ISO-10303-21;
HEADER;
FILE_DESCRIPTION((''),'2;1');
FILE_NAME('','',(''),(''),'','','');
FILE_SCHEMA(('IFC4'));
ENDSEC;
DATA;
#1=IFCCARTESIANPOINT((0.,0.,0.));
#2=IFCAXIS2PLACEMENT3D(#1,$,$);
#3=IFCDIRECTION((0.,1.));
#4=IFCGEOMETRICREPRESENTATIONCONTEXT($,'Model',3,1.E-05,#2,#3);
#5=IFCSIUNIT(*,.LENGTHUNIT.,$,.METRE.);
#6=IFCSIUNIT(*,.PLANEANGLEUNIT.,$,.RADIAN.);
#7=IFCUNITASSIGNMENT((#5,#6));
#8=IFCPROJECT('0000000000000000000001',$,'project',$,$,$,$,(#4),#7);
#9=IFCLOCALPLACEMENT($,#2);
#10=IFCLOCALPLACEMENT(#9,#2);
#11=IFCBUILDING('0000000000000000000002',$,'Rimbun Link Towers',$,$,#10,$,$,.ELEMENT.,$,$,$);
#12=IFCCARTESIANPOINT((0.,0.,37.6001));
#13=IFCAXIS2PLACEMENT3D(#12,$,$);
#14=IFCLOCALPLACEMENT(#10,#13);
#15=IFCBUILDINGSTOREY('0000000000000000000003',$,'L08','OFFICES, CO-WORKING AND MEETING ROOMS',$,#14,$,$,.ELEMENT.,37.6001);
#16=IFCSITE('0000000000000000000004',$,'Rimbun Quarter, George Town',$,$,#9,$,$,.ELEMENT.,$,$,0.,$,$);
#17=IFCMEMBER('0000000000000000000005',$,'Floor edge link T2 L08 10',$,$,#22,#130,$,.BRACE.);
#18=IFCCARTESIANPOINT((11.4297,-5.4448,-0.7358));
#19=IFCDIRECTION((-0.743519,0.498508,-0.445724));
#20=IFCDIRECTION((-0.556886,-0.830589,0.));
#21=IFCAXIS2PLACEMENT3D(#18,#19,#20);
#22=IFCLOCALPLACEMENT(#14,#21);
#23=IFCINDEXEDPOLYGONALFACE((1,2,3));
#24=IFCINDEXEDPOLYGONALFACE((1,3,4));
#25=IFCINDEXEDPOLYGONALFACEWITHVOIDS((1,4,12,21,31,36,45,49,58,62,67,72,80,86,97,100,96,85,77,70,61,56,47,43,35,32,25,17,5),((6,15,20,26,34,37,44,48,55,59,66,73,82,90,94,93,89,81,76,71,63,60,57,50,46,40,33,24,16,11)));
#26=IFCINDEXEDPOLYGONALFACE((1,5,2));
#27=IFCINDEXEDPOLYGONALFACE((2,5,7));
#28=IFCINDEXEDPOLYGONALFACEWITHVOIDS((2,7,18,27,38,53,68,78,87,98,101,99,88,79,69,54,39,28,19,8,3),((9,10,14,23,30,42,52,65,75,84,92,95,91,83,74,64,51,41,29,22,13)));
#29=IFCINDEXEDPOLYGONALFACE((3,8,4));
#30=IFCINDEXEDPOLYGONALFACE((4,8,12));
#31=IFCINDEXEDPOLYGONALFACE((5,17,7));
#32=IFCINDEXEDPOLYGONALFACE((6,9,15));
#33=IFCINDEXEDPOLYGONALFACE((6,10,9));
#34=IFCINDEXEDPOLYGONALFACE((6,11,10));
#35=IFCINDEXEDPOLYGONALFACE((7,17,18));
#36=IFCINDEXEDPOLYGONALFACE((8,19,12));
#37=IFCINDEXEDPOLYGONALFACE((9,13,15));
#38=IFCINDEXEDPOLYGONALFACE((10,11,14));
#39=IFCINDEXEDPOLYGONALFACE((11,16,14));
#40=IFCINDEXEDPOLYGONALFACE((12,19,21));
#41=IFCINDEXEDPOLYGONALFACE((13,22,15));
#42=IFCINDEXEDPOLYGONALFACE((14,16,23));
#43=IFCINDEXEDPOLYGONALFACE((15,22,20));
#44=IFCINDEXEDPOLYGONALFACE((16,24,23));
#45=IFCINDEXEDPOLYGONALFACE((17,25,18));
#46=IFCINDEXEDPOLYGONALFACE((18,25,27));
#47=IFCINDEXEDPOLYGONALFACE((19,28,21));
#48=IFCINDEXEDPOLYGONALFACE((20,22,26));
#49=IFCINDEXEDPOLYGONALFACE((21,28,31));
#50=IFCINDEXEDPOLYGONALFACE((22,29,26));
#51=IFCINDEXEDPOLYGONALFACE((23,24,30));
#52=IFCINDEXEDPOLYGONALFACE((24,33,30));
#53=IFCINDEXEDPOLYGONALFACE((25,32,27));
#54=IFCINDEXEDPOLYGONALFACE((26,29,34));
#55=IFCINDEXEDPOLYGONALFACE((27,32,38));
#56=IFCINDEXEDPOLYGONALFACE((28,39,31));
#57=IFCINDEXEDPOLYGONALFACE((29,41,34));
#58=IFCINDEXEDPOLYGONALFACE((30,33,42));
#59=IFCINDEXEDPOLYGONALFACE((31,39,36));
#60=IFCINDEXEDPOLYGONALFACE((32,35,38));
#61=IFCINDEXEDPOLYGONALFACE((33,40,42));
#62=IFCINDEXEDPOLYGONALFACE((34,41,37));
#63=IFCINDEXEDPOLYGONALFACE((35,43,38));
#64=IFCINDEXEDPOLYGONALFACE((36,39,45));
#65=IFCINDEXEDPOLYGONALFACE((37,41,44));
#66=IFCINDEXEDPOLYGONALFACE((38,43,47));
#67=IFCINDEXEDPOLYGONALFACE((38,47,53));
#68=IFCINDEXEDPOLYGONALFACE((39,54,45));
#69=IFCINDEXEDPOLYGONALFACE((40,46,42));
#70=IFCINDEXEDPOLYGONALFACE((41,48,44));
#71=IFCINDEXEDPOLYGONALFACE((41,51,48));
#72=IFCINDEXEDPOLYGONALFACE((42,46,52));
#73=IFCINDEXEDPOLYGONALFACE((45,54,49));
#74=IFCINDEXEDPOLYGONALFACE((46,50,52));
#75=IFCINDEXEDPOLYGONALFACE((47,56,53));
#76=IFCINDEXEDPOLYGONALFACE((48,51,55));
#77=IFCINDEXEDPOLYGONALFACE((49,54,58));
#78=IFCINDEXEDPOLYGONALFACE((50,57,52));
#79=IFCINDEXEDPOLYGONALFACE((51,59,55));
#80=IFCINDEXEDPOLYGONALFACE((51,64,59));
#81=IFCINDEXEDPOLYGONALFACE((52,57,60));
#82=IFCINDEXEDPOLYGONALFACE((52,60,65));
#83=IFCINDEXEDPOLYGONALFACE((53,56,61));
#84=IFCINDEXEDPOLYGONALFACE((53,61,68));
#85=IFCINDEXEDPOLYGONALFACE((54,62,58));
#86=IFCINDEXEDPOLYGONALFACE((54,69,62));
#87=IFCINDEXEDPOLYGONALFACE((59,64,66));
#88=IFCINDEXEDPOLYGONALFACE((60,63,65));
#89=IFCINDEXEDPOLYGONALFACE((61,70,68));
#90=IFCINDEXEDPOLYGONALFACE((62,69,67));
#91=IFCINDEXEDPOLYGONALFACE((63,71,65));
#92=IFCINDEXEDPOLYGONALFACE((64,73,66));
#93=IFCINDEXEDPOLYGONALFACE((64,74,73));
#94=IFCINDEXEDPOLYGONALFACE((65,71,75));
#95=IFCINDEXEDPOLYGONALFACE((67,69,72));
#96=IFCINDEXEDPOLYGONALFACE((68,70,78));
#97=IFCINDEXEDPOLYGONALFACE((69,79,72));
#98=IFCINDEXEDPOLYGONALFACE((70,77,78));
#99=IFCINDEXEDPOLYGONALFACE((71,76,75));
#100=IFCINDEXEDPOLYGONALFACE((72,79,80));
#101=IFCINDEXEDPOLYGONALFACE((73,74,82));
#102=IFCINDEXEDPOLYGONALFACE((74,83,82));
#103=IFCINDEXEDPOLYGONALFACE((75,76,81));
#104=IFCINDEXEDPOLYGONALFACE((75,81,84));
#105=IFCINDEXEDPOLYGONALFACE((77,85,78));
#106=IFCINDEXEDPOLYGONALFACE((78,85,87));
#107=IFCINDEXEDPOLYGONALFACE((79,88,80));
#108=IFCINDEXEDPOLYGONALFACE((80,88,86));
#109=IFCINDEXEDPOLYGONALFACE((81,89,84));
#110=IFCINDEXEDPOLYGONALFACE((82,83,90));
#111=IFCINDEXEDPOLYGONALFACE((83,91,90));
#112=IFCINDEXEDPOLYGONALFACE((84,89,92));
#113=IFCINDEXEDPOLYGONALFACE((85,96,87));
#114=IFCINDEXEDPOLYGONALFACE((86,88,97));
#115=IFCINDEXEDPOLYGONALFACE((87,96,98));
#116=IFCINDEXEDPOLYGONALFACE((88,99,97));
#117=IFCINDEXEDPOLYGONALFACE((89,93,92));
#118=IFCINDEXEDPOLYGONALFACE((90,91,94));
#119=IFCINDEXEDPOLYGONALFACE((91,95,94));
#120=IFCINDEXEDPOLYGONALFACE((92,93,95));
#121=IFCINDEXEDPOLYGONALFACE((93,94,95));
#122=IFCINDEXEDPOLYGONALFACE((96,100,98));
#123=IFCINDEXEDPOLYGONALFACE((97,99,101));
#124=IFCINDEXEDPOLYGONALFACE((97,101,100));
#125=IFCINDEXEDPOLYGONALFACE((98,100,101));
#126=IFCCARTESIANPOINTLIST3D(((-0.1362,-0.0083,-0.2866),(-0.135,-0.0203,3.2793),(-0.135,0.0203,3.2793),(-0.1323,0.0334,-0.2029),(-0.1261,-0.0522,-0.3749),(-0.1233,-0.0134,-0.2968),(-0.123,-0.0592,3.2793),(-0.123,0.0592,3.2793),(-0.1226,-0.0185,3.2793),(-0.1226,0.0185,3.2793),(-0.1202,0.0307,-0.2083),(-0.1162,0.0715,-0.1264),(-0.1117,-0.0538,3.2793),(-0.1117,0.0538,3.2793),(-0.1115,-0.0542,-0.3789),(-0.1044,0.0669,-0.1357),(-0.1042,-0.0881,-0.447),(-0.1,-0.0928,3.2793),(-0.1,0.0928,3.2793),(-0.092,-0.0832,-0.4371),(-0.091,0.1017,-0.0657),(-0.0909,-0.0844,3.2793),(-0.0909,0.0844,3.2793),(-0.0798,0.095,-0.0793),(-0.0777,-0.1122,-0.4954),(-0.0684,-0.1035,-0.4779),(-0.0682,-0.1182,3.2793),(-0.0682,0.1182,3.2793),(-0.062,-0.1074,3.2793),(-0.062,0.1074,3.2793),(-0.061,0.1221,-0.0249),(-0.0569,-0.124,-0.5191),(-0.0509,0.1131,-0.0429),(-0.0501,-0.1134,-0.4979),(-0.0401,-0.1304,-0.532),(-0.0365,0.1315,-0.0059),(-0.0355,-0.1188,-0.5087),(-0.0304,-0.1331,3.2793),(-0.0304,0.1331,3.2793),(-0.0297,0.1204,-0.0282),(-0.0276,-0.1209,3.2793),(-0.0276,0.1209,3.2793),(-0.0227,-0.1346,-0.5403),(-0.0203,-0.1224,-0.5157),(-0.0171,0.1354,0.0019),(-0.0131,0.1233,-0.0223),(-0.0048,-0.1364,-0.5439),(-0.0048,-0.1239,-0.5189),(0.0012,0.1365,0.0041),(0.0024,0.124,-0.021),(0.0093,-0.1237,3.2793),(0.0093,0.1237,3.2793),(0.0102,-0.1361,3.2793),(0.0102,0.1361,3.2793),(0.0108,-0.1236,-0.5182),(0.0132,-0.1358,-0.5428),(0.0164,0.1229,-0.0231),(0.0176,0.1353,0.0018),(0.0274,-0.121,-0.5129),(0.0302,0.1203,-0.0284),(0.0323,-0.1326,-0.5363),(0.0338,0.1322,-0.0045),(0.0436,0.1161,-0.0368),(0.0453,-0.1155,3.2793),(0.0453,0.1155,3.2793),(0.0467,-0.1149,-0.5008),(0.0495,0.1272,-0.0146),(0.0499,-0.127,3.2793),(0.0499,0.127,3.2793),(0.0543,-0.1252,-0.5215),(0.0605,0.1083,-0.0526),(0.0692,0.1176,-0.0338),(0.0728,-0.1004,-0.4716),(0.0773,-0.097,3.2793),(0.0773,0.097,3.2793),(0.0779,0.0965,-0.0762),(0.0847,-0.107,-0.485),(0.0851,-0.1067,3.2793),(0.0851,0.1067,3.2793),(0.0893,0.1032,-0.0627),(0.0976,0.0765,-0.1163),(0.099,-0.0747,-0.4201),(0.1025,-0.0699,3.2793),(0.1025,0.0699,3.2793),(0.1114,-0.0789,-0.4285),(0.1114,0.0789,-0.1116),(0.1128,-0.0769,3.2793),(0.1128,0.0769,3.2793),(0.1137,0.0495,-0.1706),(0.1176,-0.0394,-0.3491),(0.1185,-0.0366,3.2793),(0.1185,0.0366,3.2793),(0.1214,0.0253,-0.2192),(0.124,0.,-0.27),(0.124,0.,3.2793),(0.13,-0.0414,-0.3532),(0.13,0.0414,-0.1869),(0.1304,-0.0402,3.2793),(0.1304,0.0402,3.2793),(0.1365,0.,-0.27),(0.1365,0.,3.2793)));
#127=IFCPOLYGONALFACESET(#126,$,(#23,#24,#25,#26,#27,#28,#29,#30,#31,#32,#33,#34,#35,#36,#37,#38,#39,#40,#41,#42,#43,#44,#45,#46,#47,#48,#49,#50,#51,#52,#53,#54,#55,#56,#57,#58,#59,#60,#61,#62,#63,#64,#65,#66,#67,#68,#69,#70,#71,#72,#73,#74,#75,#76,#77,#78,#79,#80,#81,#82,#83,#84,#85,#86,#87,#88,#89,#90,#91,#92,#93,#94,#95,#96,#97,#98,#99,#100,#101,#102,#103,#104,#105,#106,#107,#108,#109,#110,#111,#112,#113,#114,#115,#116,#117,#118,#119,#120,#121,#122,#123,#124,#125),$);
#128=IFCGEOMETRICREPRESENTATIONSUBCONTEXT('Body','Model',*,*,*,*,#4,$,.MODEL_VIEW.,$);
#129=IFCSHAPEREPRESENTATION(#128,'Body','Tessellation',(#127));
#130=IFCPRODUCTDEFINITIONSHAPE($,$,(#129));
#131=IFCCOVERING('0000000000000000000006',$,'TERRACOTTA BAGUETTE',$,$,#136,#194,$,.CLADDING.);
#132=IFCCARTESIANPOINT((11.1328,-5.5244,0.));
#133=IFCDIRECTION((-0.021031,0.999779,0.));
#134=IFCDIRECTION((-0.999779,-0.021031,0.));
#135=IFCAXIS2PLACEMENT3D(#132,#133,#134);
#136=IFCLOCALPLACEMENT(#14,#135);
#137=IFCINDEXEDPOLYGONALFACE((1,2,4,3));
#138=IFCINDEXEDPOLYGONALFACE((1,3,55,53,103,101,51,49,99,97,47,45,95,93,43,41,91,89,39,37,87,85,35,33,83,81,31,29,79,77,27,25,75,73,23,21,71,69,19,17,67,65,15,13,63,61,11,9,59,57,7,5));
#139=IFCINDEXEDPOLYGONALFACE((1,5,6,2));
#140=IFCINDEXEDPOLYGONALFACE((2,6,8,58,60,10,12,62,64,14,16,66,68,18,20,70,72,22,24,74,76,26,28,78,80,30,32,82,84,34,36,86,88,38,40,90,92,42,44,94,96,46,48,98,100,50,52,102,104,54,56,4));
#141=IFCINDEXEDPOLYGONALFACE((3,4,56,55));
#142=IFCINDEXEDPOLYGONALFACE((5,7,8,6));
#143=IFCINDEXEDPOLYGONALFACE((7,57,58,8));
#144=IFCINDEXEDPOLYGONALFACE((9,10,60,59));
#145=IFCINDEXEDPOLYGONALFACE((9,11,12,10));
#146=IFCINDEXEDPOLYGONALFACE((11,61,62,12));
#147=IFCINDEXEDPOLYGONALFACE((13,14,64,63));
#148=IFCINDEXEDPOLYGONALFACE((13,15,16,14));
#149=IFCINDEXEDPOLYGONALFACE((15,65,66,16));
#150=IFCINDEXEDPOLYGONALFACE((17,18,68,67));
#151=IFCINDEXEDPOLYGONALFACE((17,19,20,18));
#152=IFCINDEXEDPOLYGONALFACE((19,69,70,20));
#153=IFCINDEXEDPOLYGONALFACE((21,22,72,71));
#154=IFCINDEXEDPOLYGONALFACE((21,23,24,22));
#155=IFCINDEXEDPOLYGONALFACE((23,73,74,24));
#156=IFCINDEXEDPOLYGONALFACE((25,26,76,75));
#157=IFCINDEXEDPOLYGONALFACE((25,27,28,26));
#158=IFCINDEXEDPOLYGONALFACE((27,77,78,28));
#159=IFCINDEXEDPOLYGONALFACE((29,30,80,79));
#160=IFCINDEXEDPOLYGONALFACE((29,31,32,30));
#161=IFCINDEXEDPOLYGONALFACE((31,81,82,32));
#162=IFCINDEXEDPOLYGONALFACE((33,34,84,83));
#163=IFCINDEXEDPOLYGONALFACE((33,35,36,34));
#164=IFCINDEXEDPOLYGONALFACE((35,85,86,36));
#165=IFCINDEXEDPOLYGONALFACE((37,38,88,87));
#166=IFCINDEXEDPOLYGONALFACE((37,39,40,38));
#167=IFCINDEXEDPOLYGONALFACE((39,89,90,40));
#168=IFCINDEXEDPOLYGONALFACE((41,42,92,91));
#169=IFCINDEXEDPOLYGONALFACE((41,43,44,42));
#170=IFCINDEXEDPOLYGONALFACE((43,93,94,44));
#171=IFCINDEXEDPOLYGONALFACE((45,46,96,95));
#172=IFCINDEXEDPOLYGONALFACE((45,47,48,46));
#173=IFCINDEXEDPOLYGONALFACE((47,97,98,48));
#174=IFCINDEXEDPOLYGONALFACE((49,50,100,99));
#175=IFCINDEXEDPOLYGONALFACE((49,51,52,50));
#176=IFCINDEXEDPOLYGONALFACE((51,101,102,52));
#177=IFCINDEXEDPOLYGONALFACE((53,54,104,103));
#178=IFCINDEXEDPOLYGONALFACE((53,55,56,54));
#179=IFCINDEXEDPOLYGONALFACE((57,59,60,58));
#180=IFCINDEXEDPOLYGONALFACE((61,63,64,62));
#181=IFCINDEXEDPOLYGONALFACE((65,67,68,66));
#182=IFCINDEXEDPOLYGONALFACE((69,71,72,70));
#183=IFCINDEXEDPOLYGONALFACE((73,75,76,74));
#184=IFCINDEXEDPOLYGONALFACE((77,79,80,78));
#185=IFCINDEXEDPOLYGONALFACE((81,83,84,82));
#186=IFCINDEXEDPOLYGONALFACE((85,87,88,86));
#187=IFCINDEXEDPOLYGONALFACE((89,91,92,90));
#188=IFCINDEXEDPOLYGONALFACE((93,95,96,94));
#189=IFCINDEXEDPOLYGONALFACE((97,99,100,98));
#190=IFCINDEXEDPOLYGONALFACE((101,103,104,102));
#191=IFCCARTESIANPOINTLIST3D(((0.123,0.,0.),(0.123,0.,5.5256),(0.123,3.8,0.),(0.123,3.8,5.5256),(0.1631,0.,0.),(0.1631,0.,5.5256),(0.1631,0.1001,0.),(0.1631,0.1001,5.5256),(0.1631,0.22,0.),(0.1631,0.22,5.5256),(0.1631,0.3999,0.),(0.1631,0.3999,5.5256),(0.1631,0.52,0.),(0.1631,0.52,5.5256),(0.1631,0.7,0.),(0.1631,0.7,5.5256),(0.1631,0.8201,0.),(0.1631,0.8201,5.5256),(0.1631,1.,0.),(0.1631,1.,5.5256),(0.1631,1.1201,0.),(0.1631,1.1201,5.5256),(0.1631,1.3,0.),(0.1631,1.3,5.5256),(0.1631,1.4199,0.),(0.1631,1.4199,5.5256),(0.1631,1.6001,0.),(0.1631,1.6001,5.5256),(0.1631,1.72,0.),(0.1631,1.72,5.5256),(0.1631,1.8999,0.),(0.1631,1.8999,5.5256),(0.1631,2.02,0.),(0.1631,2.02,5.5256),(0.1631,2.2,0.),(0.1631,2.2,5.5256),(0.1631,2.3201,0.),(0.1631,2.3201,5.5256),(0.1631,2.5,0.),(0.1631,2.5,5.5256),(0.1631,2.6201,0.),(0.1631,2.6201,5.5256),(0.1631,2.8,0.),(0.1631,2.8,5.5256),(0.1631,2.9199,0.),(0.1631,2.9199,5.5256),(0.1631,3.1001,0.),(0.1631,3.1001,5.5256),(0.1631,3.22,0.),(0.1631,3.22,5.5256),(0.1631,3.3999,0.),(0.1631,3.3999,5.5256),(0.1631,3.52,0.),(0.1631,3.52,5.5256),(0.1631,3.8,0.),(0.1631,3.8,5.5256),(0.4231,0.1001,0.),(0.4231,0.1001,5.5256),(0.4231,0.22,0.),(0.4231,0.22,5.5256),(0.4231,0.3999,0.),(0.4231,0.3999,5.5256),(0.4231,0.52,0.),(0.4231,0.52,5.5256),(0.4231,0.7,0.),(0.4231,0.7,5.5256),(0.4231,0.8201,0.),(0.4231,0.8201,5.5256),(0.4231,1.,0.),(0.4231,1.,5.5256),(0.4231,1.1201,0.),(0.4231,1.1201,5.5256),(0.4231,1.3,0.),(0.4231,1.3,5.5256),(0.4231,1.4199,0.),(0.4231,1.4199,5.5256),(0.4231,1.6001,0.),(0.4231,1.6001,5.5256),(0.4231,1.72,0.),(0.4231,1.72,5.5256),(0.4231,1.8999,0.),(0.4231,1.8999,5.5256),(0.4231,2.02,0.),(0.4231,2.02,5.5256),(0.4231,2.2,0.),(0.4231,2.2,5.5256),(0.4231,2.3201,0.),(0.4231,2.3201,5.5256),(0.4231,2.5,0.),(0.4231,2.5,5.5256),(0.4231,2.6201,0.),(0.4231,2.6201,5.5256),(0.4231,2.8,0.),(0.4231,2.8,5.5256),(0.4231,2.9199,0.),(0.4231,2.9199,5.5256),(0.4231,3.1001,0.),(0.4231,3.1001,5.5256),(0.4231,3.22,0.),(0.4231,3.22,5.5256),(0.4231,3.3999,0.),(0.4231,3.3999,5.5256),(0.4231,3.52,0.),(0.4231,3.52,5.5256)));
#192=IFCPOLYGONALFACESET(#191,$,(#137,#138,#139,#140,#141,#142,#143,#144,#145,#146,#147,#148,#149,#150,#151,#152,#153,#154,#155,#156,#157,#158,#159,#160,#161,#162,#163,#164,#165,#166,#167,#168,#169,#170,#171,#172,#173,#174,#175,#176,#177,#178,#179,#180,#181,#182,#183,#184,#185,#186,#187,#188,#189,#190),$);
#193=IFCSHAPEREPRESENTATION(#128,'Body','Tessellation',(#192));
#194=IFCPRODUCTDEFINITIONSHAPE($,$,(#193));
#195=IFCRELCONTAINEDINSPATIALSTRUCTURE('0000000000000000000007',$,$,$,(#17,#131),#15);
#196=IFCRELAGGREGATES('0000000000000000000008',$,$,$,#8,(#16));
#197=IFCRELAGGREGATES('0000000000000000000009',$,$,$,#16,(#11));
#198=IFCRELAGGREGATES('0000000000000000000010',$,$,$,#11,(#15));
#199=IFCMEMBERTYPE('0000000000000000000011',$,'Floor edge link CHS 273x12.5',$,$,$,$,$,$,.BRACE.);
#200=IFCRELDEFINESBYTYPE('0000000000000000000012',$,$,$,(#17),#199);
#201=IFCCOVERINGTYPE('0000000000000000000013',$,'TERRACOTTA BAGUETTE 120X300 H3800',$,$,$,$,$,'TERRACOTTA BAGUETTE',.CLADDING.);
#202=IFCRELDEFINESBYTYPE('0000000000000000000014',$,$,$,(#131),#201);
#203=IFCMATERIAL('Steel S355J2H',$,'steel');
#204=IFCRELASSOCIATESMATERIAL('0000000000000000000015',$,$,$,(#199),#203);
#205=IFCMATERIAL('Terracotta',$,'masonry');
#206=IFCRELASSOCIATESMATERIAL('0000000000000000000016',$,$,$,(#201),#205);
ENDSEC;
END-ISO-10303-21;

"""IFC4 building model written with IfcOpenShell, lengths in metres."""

from ifc_helpers import new_model, si_unit, direction, frame, origin, origin_2d, place, context, subcontext, project, spatial, polyline, hollow_circle, outline, extrude, clip, halfspace, material, material_profile, profile_set, type_object, element, save


model = new_model("IFC4")

# Units and contexts
model_context = context("Model", 3, precision=1e-05, world=origin(), true_north=direction((0.0, 1.0)))
body_context = subcontext(model_context, "Body", "Model", "MODEL_VIEW")
ifc_project = project(units=[si_unit("LENGTHUNIT", "METRE"), si_unit("PLANEANGLEUNIT", "RADIAN")], contexts=[model_context])

# Site, building, storey
site_placement = place(None, origin())
site = spatial("IfcSite", under=ifc_project, at=site_placement, Name="Rimbun Quarter, George Town", CompositionType="ELEMENT", RefElevation=0.0)
building_placement = place(site_placement, origin())
building = spatial("IfcBuilding", under=site, at=building_placement, Name="Rimbun Link Towers", CompositionType="ELEMENT")
storey_placement = place(building_placement, frame((0.0, 0.0, 37.6001)))
storey = spatial("IfcBuildingStorey", under=building, at=storey_placement, Name="L08", Description="OFFICES, CO-WORKING AND MEETING ROOMS", CompositionType="ELEMENT", Elevation=37.6001)

# Member
ifc_material_1 = material(Name="Steel S355J2H", Category="steel")
ifc_material_profile_1 = material_profile(ifc_material_1, hollow_circle(Radius=0.1365, WallThickness=0.0125, at=origin_2d()), Name="CHS 273x12.5")
ifc_profile_set_1 = profile_set([ifc_material_profile_1], Name="Steel S355J2H")
member_type_1 = type_object("IfcMemberType", Name="Floor edge link CHS 273x12.5", PredefinedType="BRACE", material=ifc_profile_set_1)
member_1_placement = place(storey_placement, frame((11.4297, -5.4448, -0.7358), z_axis=(-0.743519, 0.498508, -0.445724), x_axis=(-0.556886, -0.830589, 0.0)))
element("IfcMember", 1, at=member_1_placement, inside=storey, type_object=member_type_1, Name="Floor edge link T2 L08 10", PredefinedType="BRACE", context=body_context, shape_type="Clipping", body=[
    clip(extrude(hollow_circle(Radius=0.1365, WallThickness=0.0125, at=origin_2d()), frame((0.0, 0.0, -0.5708)), (0.0, 0.0, 1.0), 3.8501), halfspace(frame((0.0, 0.0, -0.27), z_axis=(0.0, 0.89517, -0.445724)), False)),
])

# Covering
ifc_material_2 = material(Name="Terracotta", Category="masonry")
ifc_material_profile_2 = material_profile(ifc_material_2, outline(polyline([(0.123, 0.0), (0.1631, 0.0), (0.1631, 0.1001), (0.4231, 0.1001), (0.4231, 0.22), (0.1631, 0.22), (0.1631, 0.3999), (0.4231, 0.3999), (0.4231, 0.52), (0.1631, 0.52), (0.1631, 0.7), (0.4231, 0.7), (0.4231, 0.8201), (0.1631, 0.8201), (0.1631, 1.0), (0.4231, 1.0), (0.4231, 1.1201), (0.1631, 1.1201), (0.1631, 1.3), (0.4231, 1.3), (0.4231, 1.4199), (0.1631, 1.4199), (0.1631, 1.6001), (0.4231, 1.6001), (0.4231, 1.72), (0.1631, 1.72), (0.1631, 1.8999), (0.4231, 1.8999), (0.4231, 2.02), (0.1631, 2.02), (0.1631, 2.2), (0.4231, 2.2), (0.4231, 2.3201), (0.1631, 2.3201), (0.1631, 2.5), (0.4231, 2.5), (0.4231, 2.6201), (0.1631, 2.6201), (0.1631, 2.8), (0.4231, 2.8), (0.4231, 2.9199), (0.1631, 2.9199), (0.1631, 3.1001), (0.4231, 3.1001), (0.4231, 3.22), (0.1631, 3.22), (0.1631, 3.3999), (0.4231, 3.3999), (0.4231, 3.52), (0.1631, 3.52), (0.1631, 3.8), (0.123, 3.8), (0.123, 0.0)])), Name="BAGUETTE 120X300")
ifc_profile_set_2 = profile_set([ifc_material_profile_2], Name="Terracotta")
covering_type_1 = type_object("IfcCoveringType", Name="TERRACOTTA BAGUETTE 120X300 H3800", ElementType="TERRACOTTA BAGUETTE", PredefinedType="CLADDING", material=ifc_profile_set_2)
covering_1_placement = place(storey_placement, frame((11.1328, -5.5244, 0.0), z_axis=(-0.021031, 0.999779, 0.0), x_axis=(-0.999779, -0.021031, 0.0)))
element("IfcCovering", 2, at=covering_1_placement, inside=storey, type_object=covering_type_1, Name="TERRACOTTA BAGUETTE", PredefinedType="CLADDING", context=body_context, shape_type="SweptSolid", body=[
    extrude(outline(polyline([(0.123, 0.0), (0.1631, 0.0), (0.1631, 0.1001), (0.4231, 0.1001), (0.4231, 0.22), (0.1631, 0.22), (0.1631, 0.3999), (0.4231, 0.3999), (0.4231, 0.52), (0.1631, 0.52), (0.1631, 0.7), (0.4231, 0.7), (0.4231, 0.8201), (0.1631, 0.8201), (0.1631, 1.0), (0.4231, 1.0), (0.4231, 1.1201), (0.1631, 1.1201), (0.1631, 1.3), (0.4231, 1.3), (0.4231, 1.4199), (0.1631, 1.4199), (0.1631, 1.6001), (0.4231, 1.6001), (0.4231, 1.72), (0.1631, 1.72), (0.1631, 1.8999), (0.4231, 1.8999), (0.4231, 2.02), (0.1631, 2.02), (0.1631, 2.2), (0.4231, 2.2), (0.4231, 2.3201), (0.1631, 2.3201), (0.1631, 2.5), (0.4231, 2.5), (0.4231, 2.6201), (0.1631, 2.6201), (0.1631, 2.8), (0.4231, 2.8), (0.4231, 2.9199), (0.1631, 2.9199), (0.1631, 3.1001), (0.4231, 3.1001), (0.4231, 3.22), (0.1631, 3.22), (0.1631, 3.3999), (0.4231, 3.3999), (0.4231, 3.52), (0.1631, 3.52), (0.1631, 3.8), (0.123, 3.8), (0.123, 0.0)])), origin(), (0.0, 0.0, 1.0), 5.5256),
])

save(model, "model.ifc")
